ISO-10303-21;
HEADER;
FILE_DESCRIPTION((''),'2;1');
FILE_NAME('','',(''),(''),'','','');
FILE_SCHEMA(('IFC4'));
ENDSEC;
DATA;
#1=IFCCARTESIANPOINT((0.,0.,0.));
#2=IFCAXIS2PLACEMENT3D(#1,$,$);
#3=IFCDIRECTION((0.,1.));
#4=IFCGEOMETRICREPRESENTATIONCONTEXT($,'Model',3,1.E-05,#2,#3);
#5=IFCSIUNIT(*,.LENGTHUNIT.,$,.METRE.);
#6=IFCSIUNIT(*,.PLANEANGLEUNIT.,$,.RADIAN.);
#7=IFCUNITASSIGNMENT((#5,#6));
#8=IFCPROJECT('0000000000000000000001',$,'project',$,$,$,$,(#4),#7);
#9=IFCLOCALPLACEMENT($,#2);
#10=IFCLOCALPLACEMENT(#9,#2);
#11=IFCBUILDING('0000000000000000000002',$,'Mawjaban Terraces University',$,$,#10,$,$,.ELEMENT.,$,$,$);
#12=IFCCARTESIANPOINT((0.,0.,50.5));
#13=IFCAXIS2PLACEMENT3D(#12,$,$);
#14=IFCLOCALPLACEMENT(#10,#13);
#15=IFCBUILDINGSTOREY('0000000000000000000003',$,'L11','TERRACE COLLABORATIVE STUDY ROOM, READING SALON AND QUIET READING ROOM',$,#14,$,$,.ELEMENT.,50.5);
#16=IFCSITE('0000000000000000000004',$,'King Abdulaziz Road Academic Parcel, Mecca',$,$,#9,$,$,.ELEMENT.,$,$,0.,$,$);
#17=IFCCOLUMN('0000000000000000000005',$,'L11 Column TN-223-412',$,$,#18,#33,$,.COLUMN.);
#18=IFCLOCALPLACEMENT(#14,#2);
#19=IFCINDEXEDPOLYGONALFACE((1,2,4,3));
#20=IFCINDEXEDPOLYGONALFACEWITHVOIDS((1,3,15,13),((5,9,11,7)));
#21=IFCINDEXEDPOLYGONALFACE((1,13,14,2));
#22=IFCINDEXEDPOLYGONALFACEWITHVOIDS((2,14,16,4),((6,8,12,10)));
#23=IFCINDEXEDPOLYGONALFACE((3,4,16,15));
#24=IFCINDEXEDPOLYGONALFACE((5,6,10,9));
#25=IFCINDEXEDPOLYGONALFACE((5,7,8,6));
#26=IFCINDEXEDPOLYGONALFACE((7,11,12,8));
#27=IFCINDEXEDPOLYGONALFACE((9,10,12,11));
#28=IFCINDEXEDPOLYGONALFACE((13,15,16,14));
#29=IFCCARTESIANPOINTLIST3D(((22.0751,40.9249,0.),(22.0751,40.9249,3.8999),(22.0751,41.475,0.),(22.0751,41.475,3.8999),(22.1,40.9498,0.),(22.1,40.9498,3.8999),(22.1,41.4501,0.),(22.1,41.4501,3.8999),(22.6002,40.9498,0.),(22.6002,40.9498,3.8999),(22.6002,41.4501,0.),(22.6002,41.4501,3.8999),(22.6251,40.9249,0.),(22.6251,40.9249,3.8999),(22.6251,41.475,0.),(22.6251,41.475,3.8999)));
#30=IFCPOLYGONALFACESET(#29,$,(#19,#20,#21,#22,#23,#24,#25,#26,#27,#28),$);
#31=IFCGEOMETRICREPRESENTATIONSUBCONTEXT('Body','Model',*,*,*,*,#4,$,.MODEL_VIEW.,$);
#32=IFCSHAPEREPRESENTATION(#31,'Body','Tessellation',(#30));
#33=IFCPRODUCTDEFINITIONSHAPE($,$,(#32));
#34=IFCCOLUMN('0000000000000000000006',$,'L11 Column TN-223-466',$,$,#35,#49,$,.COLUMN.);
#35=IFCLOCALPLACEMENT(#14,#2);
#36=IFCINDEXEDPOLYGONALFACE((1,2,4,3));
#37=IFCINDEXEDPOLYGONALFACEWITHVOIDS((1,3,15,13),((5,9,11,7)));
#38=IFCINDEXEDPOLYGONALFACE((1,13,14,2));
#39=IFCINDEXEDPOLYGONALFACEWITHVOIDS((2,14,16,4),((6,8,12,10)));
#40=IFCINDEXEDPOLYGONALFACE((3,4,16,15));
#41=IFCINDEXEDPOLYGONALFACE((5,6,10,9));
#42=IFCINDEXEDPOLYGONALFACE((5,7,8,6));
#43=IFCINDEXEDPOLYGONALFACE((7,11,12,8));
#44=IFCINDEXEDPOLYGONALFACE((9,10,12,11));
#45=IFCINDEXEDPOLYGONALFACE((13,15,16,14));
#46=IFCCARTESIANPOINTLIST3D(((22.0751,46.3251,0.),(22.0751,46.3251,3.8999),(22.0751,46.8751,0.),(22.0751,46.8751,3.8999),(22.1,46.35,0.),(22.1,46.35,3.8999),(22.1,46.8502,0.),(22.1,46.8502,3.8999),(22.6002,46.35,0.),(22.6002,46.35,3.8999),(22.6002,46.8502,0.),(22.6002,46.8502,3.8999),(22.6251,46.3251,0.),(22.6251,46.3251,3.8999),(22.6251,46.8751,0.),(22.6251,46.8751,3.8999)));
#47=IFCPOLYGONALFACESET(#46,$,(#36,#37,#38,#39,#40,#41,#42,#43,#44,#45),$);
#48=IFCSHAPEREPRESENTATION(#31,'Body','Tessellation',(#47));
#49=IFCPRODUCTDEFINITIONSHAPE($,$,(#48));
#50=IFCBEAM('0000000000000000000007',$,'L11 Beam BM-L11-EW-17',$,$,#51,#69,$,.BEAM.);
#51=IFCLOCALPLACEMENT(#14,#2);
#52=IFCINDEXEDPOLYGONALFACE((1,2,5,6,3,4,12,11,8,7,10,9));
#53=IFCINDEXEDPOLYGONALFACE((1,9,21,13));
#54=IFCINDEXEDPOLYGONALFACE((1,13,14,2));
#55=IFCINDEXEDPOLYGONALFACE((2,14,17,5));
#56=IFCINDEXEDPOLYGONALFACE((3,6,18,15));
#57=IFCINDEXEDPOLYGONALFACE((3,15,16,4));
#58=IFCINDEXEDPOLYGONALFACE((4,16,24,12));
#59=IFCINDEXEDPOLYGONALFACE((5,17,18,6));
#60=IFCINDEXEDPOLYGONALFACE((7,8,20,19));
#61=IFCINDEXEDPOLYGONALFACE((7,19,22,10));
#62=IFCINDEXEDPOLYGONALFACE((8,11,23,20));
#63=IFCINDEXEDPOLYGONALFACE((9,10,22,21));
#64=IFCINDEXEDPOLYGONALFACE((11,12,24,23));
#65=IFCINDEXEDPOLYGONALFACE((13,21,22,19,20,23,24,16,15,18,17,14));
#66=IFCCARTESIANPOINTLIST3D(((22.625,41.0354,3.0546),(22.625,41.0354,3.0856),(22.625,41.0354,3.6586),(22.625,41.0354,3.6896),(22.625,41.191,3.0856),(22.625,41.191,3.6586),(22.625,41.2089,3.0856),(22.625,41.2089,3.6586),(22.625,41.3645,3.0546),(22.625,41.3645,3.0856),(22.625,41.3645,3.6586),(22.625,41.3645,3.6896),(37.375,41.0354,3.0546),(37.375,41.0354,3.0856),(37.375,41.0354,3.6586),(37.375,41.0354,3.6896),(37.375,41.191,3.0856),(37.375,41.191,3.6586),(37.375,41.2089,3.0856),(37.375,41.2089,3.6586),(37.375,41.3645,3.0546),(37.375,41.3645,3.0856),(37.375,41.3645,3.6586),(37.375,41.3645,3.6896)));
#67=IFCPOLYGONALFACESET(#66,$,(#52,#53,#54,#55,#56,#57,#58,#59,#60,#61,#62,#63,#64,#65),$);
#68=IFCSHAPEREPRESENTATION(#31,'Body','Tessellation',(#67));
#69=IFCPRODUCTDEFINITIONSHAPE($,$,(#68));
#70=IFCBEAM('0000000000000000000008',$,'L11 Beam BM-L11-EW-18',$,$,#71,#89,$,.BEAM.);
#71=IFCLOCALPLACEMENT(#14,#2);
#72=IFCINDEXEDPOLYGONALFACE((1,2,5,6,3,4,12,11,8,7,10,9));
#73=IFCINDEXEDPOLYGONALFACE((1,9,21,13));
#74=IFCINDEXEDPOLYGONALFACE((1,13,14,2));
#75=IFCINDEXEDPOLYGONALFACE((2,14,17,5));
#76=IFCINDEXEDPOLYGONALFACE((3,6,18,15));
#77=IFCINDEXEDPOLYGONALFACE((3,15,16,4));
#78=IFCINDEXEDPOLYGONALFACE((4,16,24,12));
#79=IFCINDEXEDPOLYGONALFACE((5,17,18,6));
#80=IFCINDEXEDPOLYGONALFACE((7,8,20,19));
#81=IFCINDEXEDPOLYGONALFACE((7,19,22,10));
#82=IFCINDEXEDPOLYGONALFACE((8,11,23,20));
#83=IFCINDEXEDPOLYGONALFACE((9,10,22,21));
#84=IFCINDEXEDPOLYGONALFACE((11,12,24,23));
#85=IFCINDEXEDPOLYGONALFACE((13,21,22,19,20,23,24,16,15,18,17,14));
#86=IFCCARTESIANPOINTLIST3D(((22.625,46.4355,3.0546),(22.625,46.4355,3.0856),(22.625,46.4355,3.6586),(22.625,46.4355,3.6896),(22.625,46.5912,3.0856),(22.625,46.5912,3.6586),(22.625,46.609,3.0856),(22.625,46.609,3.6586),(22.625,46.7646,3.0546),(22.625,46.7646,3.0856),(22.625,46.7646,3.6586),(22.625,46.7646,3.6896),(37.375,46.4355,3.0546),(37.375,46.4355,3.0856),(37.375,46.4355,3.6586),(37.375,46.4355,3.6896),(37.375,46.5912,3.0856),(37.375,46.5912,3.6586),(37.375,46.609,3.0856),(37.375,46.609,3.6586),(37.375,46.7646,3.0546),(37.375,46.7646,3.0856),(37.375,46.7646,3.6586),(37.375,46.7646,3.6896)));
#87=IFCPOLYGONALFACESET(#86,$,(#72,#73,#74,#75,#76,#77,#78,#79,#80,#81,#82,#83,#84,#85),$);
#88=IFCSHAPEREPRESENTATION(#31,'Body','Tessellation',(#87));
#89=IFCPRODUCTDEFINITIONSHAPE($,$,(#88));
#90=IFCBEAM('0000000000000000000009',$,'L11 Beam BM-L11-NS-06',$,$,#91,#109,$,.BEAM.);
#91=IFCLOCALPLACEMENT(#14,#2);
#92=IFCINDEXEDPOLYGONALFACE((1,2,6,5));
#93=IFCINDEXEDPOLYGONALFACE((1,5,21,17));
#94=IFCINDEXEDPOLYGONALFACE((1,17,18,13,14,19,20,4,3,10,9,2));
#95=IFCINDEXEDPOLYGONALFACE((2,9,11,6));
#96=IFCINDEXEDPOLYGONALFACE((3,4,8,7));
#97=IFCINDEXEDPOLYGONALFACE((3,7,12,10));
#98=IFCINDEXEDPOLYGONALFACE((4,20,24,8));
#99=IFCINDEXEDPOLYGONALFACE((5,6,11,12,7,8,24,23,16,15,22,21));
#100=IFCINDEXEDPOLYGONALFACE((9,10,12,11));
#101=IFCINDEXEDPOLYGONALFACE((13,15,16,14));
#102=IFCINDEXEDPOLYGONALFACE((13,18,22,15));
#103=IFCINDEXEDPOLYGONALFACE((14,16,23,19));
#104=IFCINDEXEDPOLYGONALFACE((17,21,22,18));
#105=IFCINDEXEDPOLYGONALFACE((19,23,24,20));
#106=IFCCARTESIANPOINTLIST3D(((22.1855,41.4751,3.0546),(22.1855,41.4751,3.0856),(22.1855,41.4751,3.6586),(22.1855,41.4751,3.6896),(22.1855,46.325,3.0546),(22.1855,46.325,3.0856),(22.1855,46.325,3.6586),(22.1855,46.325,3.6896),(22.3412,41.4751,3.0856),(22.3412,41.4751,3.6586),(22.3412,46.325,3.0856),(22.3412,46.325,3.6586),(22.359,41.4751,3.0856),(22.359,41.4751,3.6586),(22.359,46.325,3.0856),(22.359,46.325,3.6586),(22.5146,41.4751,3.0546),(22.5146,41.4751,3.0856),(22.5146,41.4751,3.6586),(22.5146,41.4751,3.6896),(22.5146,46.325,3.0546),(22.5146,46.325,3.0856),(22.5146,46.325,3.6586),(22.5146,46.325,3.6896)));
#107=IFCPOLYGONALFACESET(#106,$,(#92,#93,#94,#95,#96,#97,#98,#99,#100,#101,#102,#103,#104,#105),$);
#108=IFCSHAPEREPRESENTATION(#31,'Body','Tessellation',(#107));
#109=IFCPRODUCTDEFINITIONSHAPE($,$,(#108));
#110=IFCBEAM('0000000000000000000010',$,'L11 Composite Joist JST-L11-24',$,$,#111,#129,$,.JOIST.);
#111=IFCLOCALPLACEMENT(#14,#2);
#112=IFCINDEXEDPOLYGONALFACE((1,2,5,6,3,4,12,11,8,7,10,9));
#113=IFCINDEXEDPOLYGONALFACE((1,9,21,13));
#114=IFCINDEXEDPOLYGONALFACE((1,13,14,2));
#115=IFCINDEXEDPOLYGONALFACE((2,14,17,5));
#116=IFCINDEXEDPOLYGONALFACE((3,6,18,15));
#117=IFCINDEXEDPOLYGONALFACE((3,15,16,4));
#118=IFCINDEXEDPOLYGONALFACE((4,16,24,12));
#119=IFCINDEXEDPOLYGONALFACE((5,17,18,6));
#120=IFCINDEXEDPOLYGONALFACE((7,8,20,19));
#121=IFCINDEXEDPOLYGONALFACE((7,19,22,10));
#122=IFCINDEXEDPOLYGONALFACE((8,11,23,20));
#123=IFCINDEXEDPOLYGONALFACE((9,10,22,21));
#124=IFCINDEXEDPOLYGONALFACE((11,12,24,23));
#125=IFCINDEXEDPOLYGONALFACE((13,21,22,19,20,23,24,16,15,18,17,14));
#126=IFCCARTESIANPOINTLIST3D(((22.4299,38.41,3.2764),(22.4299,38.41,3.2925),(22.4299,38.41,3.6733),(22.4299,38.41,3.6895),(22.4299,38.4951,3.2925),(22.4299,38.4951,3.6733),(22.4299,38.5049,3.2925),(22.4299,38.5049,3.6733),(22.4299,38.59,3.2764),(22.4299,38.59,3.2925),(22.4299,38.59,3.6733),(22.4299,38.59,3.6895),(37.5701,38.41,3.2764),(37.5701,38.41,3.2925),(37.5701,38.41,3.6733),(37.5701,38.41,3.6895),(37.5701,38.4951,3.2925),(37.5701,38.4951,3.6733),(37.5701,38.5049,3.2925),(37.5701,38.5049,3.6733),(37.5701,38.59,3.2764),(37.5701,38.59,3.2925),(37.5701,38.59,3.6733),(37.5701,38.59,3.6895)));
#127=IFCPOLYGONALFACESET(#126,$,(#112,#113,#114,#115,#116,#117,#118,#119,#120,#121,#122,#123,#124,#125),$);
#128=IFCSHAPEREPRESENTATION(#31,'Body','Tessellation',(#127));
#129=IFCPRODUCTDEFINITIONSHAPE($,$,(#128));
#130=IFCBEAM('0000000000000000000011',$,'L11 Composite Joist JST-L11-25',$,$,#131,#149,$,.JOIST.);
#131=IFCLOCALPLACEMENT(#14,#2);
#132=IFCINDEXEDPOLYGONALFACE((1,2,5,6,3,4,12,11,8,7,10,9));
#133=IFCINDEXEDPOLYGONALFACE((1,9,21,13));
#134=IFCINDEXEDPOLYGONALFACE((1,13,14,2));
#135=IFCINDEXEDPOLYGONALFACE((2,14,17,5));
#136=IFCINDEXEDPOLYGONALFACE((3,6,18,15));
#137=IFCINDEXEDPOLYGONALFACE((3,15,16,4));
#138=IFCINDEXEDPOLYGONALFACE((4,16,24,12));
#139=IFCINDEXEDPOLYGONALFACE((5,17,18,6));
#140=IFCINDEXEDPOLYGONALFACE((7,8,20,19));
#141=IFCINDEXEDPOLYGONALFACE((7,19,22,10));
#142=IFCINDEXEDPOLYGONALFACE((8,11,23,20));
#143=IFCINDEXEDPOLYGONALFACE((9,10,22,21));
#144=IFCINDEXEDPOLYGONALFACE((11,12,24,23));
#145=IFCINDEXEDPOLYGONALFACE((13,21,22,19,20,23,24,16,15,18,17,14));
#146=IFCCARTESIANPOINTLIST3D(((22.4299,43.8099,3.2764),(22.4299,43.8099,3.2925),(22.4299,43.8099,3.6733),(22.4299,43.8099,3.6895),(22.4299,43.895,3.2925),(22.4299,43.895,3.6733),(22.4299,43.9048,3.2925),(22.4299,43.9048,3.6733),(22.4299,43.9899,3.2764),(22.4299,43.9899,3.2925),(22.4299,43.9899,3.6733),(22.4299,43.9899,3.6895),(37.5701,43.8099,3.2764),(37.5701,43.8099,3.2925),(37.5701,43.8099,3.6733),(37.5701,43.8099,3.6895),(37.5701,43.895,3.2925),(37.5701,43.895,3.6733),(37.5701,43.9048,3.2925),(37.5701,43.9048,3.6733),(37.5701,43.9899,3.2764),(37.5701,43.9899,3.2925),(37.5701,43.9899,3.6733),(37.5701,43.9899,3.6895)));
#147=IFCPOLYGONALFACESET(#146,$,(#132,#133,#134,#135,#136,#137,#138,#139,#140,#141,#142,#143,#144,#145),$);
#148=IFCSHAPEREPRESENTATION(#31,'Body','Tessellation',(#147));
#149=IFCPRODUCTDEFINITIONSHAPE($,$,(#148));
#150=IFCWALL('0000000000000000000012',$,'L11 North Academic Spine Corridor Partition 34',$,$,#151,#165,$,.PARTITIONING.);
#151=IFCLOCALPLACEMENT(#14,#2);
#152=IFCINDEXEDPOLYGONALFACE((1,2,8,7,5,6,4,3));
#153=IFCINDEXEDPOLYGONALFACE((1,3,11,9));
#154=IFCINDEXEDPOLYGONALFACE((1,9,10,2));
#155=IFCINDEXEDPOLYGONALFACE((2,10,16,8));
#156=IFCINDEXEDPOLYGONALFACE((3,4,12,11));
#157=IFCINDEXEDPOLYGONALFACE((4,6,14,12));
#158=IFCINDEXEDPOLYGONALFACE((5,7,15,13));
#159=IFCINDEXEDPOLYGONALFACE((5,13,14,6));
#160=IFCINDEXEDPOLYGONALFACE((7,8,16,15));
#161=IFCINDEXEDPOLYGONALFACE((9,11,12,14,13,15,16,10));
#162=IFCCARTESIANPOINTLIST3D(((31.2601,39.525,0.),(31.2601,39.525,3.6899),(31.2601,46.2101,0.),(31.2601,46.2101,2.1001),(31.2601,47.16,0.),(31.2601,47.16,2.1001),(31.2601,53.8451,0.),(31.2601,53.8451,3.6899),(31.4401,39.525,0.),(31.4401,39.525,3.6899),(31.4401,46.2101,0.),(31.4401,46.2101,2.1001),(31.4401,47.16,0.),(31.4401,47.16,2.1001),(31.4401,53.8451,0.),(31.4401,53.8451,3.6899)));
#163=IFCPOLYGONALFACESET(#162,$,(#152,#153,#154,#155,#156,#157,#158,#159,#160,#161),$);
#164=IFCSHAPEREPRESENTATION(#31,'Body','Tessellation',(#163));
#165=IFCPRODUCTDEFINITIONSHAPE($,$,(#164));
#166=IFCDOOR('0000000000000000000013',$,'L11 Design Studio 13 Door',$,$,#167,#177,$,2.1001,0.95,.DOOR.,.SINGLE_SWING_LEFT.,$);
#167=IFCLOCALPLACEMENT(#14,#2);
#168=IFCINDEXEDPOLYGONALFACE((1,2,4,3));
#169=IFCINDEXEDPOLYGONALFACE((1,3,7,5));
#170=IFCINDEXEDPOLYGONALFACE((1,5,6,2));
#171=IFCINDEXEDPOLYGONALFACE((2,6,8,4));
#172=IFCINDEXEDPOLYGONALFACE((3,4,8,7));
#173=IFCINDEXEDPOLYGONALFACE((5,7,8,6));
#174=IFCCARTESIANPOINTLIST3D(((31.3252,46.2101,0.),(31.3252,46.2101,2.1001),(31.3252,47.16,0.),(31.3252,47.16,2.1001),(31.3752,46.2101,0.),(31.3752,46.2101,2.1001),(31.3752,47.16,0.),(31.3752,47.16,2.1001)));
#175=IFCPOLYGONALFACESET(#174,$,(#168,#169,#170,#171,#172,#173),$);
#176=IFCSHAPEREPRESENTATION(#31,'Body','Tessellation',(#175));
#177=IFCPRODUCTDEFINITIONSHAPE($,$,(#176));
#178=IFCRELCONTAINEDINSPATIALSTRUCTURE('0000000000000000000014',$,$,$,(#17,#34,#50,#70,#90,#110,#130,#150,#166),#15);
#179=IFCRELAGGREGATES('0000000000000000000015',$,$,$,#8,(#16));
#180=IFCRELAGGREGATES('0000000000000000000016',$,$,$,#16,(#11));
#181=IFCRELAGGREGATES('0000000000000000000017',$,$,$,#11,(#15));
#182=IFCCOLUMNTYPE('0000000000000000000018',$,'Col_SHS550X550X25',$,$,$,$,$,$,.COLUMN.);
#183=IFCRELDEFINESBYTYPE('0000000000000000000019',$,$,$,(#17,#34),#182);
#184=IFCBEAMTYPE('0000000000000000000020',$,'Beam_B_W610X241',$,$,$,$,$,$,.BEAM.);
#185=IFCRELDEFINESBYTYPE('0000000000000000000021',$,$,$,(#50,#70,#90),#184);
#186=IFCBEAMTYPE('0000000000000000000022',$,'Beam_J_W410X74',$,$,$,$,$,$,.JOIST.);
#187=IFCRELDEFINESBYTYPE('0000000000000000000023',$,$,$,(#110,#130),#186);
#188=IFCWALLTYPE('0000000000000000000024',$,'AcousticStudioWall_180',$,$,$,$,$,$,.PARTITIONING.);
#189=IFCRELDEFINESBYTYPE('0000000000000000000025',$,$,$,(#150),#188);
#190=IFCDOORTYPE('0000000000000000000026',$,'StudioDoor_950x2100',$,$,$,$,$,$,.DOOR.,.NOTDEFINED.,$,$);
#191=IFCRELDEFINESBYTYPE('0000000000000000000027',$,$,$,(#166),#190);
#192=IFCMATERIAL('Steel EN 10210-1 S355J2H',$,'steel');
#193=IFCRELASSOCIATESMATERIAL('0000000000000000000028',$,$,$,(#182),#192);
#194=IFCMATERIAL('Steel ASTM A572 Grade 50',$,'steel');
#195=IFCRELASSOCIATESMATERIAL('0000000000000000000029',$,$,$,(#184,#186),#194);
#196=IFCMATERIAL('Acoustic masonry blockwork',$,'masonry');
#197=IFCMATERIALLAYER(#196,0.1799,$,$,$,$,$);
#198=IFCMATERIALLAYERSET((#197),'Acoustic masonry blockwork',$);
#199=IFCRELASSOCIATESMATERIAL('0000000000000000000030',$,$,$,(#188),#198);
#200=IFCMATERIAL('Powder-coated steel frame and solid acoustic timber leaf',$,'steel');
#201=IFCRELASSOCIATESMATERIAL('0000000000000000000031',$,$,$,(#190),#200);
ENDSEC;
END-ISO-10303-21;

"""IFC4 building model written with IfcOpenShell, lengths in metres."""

from ifc_helpers import new_model, si_unit, direction, frame, frame_2d, origin, origin_2d, place, context, subcontext, project, spatial, rectangle, hollow_rectangle, i_section, extrude, material, layer, layer_set, material_profile, profile_set, type_object, element, fill, save


model = new_model("IFC4")

# Units and contexts
model_context = context("Model", 3, precision=1e-05, world=origin(), true_north=direction((0.0, 1.0)))
body_context = subcontext(model_context, "Body", "Model", "MODEL_VIEW")
ifc_project = project(units=[si_unit("LENGTHUNIT", "METRE"), si_unit("PLANEANGLEUNIT", "RADIAN")], contexts=[model_context])

# Site, building, storey
site_placement = place(None, origin())
site = spatial("IfcSite", under=ifc_project, at=site_placement, Name="King Abdulaziz Road Academic Parcel, Mecca", CompositionType="ELEMENT", RefElevation=0.0)
building_placement = place(site_placement, origin())
building = spatial("IfcBuilding", under=site, at=building_placement, Name="Mawjaban Terraces University", CompositionType="ELEMENT")
storey_placement = place(building_placement, frame((0.0, 0.0, 50.5)))
storey = spatial("IfcBuildingStorey", under=building, at=storey_placement, Name="L11", Description="TERRACE COLLABORATIVE STUDY ROOM, READING SALON AND QUIET READING ROOM", CompositionType="ELEMENT", Elevation=50.5)

# Columns
ifc_material_1 = material(Name="Steel EN 10210-1 S355J2H", Category="steel")
ifc_material_profile_1 = material_profile(ifc_material_1, hollow_rectangle(XDim=0.55, YDim=0.55, WallThickness=0.0249, at=origin_2d()), Name="SHS550X550X25")
ifc_profile_set_1 = profile_set([ifc_material_profile_1], Name="Steel EN 10210-1 S355J2H")
column_type = type_object("IfcColumnType", Name="Col_SHS550X550X25", PredefinedType="COLUMN", material=ifc_profile_set_1)
for number, where, z_axis, x_axis, name in (
    (1, (22.3501, 41.2, 0.0), (0.0, 0.0, 1.0), (1.0, 0.0, 0.0), "L11 Column TN-223-412"),
    (2, (22.3501, 46.6001, 0.0), (0.0, 0.0, 1.0), (1.0, 0.0, 0.0), "L11 Column TN-223-466"),
):
    element("IfcColumn", number, at=place(storey_placement, frame(where, z_axis=z_axis, x_axis=x_axis)), inside=storey, type_object=column_type, Name=name, PredefinedType="COLUMN", context=body_context, shape_type="SweptSolid", body=[
        extrude(hollow_rectangle(XDim=0.55, YDim=0.55, WallThickness=0.0249, at=origin_2d()), origin(), (0.0, 0.0, 1.0), 3.8999),
    ])

# Beams
ifc_material_2 = material(Name="Steel ASTM A572 Grade 50", Category="steel")
ifc_material_profile_2 = material_profile(ifc_material_2, i_section(OverallWidth=0.3291, OverallDepth=0.635, WebThickness=0.0178, FlangeThickness=0.031, at=origin_2d()), Name="W610X241")
ifc_profile_set_2 = profile_set([ifc_material_profile_2], Name="Steel ASTM A572 Grade 50")
beam_type_1 = type_object("IfcBeamType", Name="Beam_B_W610X241", PredefinedType="BEAM", material=ifc_profile_set_2)
for number, where, z_axis, x_axis, name in (
    (3, (22.625, 41.2, 3.3721), (1.0, 0.0, 0.0), (0.0, 1.0, 0.0), "L11 Beam BM-L11-EW-17"),
    (4, (22.625, 46.6001, 3.3721), (1.0, 0.0, 0.0), (0.0, 1.0, 0.0), "L11 Beam BM-L11-EW-18"),
):
    element("IfcBeam", number, at=place(storey_placement, frame(where, z_axis=z_axis, x_axis=x_axis)), inside=storey, type_object=beam_type_1, Name=name, PredefinedType="BEAM", context=body_context, shape_type="SweptSolid", body=[
        extrude(i_section(OverallWidth=0.3291, OverallDepth=0.635, WebThickness=0.0178, FlangeThickness=0.031, at=origin_2d()), origin(), (0.0, 0.0, 1.0), 14.75),
    ])
beam_placement = place(storey_placement, frame((22.3501, 41.4751, 3.3721), z_axis=(0.0, 1.0, 0.0), x_axis=(-1.0, 0.0, 0.0)))
element("IfcBeam", 5, at=beam_placement, inside=storey, type_object=beam_type_1, Name="L11 Beam BM-L11-NS-06", PredefinedType="BEAM", context=body_context, shape_type="SweptSolid", body=[
    extrude(i_section(OverallWidth=0.3291, OverallDepth=0.635, WebThickness=0.0178, FlangeThickness=0.031, at=origin_2d()), origin(), (0.0, 0.0, 1.0), 4.8499),
])
ifc_material_profile_3 = material_profile(ifc_material_2, i_section(OverallWidth=0.1799, OverallDepth=0.4131, WebThickness=0.0098, FlangeThickness=0.0161, at=origin_2d()), Name="W410X74")
ifc_profile_set_3 = profile_set([ifc_material_profile_3], Name="Steel ASTM A572 Grade 50")
beam_type_2 = type_object("IfcBeamType", Name="Beam_J_W410X74", PredefinedType="JOIST", material=ifc_profile_set_3)
for number, where, z_axis, x_axis, name in (
    (6, (22.4299, 38.5, 3.4829), (1.0, 0.0, 0.0), (0.0, 1.0, 0.0), "L11 Composite Joist JST-L11-24"),
    (7, (22.4299, 43.8999, 3.4829), (1.0, 0.0, 0.0), (0.0, 1.0, 0.0), "L11 Composite Joist JST-L11-25"),
):
    element("IfcBeam", number, at=place(storey_placement, frame(where, z_axis=z_axis, x_axis=x_axis)), inside=storey, type_object=beam_type_2, Name=name, PredefinedType="JOIST", context=body_context, shape_type="SweptSolid", body=[
        extrude(i_section(OverallWidth=0.1799, OverallDepth=0.4131, WebThickness=0.0098, FlangeThickness=0.0161, at=origin_2d()), origin(), (0.0, 0.0, 1.0), 15.1401),
    ])

# Wall, opening, door
ifc_material_3 = material(Name="Acoustic masonry blockwork", Category="masonry")
ifc_layer_1 = layer(ifc_material_3, 0.1799)
ifc_layer_set_1 = layer_set([ifc_layer_1], Name="Acoustic masonry blockwork")
wall_type_1 = type_object("IfcWallType", Name="AcousticStudioWall_180", PredefinedType="PARTITIONING", material=ifc_layer_set_1)
wall_1_placement = place(storey_placement, frame((31.3501, 39.5249, 0.0), z_axis=(0.0, 0.0, 1.0), x_axis=(0.0, 1.0, 0.0)))
wall_1 = element("IfcWall", 8, at=wall_1_placement, inside=storey, type_object=wall_type_1, Name="L11 North Academic Spine Corridor Partition 34", PredefinedType="PARTITIONING", context=body_context, shape_type="SweptSolid", body=[
    extrude(rectangle(XDim=14.3201, YDim=0.1799, at=frame_2d((7.1602, 0.0))), origin(), (0.0, 0.0, 1.0), 3.6899),
])
opening_1_placement = place(wall_1_placement, frame((6.6851, 0.0, 0.0)))
opening_1 = element("IfcOpeningElement", 9, at=opening_1_placement, cuts=wall_1, PredefinedType="OPENING", context=body_context, shape_type="SweptSolid", body=[
    extrude(rectangle(XDim=0.95, YDim=2.1001, at=frame_2d((0.4751, 1.05))), frame((0.0, 0.0999, 0.0), z_axis=(0.0, -1.0, 0.0), x_axis=(1.0, 0.0, 0.0)), (0.0, 0.0, 1.0), 0.2),
])
ifc_material_4 = material(Name="Powder-coated steel frame and solid acoustic timber leaf", Category="steel")
door_type_1 = type_object("IfcDoorType", Name="StudioDoor_950x2100", OperationType="NOTDEFINED", PredefinedType="DOOR", material=ifc_material_4)
door_1_placement = place(opening_1_placement, origin())
door_1 = element("IfcDoor", 10, at=door_1_placement, inside=storey, type_object=door_type_1, Name="L11 Design Studio 13 Door", OperationType="SINGLE_SWING_LEFT", OverallHeight=2.1001, OverallWidth=0.95, PredefinedType="DOOR", context=body_context, shape_type="SweptSolid", body=[
    extrude(rectangle(XDim=0.95, YDim=2.1001, at=frame_2d((0.4751, 1.05))), frame((0.0, 0.0249, 0.0), z_axis=(0.0, -1.0, 0.0), x_axis=(1.0, 0.0, 0.0)), (0.0, 0.0, 1.0), 0.05),
])
fill(opening_1, door_1)

save(model, "model.ifc")
